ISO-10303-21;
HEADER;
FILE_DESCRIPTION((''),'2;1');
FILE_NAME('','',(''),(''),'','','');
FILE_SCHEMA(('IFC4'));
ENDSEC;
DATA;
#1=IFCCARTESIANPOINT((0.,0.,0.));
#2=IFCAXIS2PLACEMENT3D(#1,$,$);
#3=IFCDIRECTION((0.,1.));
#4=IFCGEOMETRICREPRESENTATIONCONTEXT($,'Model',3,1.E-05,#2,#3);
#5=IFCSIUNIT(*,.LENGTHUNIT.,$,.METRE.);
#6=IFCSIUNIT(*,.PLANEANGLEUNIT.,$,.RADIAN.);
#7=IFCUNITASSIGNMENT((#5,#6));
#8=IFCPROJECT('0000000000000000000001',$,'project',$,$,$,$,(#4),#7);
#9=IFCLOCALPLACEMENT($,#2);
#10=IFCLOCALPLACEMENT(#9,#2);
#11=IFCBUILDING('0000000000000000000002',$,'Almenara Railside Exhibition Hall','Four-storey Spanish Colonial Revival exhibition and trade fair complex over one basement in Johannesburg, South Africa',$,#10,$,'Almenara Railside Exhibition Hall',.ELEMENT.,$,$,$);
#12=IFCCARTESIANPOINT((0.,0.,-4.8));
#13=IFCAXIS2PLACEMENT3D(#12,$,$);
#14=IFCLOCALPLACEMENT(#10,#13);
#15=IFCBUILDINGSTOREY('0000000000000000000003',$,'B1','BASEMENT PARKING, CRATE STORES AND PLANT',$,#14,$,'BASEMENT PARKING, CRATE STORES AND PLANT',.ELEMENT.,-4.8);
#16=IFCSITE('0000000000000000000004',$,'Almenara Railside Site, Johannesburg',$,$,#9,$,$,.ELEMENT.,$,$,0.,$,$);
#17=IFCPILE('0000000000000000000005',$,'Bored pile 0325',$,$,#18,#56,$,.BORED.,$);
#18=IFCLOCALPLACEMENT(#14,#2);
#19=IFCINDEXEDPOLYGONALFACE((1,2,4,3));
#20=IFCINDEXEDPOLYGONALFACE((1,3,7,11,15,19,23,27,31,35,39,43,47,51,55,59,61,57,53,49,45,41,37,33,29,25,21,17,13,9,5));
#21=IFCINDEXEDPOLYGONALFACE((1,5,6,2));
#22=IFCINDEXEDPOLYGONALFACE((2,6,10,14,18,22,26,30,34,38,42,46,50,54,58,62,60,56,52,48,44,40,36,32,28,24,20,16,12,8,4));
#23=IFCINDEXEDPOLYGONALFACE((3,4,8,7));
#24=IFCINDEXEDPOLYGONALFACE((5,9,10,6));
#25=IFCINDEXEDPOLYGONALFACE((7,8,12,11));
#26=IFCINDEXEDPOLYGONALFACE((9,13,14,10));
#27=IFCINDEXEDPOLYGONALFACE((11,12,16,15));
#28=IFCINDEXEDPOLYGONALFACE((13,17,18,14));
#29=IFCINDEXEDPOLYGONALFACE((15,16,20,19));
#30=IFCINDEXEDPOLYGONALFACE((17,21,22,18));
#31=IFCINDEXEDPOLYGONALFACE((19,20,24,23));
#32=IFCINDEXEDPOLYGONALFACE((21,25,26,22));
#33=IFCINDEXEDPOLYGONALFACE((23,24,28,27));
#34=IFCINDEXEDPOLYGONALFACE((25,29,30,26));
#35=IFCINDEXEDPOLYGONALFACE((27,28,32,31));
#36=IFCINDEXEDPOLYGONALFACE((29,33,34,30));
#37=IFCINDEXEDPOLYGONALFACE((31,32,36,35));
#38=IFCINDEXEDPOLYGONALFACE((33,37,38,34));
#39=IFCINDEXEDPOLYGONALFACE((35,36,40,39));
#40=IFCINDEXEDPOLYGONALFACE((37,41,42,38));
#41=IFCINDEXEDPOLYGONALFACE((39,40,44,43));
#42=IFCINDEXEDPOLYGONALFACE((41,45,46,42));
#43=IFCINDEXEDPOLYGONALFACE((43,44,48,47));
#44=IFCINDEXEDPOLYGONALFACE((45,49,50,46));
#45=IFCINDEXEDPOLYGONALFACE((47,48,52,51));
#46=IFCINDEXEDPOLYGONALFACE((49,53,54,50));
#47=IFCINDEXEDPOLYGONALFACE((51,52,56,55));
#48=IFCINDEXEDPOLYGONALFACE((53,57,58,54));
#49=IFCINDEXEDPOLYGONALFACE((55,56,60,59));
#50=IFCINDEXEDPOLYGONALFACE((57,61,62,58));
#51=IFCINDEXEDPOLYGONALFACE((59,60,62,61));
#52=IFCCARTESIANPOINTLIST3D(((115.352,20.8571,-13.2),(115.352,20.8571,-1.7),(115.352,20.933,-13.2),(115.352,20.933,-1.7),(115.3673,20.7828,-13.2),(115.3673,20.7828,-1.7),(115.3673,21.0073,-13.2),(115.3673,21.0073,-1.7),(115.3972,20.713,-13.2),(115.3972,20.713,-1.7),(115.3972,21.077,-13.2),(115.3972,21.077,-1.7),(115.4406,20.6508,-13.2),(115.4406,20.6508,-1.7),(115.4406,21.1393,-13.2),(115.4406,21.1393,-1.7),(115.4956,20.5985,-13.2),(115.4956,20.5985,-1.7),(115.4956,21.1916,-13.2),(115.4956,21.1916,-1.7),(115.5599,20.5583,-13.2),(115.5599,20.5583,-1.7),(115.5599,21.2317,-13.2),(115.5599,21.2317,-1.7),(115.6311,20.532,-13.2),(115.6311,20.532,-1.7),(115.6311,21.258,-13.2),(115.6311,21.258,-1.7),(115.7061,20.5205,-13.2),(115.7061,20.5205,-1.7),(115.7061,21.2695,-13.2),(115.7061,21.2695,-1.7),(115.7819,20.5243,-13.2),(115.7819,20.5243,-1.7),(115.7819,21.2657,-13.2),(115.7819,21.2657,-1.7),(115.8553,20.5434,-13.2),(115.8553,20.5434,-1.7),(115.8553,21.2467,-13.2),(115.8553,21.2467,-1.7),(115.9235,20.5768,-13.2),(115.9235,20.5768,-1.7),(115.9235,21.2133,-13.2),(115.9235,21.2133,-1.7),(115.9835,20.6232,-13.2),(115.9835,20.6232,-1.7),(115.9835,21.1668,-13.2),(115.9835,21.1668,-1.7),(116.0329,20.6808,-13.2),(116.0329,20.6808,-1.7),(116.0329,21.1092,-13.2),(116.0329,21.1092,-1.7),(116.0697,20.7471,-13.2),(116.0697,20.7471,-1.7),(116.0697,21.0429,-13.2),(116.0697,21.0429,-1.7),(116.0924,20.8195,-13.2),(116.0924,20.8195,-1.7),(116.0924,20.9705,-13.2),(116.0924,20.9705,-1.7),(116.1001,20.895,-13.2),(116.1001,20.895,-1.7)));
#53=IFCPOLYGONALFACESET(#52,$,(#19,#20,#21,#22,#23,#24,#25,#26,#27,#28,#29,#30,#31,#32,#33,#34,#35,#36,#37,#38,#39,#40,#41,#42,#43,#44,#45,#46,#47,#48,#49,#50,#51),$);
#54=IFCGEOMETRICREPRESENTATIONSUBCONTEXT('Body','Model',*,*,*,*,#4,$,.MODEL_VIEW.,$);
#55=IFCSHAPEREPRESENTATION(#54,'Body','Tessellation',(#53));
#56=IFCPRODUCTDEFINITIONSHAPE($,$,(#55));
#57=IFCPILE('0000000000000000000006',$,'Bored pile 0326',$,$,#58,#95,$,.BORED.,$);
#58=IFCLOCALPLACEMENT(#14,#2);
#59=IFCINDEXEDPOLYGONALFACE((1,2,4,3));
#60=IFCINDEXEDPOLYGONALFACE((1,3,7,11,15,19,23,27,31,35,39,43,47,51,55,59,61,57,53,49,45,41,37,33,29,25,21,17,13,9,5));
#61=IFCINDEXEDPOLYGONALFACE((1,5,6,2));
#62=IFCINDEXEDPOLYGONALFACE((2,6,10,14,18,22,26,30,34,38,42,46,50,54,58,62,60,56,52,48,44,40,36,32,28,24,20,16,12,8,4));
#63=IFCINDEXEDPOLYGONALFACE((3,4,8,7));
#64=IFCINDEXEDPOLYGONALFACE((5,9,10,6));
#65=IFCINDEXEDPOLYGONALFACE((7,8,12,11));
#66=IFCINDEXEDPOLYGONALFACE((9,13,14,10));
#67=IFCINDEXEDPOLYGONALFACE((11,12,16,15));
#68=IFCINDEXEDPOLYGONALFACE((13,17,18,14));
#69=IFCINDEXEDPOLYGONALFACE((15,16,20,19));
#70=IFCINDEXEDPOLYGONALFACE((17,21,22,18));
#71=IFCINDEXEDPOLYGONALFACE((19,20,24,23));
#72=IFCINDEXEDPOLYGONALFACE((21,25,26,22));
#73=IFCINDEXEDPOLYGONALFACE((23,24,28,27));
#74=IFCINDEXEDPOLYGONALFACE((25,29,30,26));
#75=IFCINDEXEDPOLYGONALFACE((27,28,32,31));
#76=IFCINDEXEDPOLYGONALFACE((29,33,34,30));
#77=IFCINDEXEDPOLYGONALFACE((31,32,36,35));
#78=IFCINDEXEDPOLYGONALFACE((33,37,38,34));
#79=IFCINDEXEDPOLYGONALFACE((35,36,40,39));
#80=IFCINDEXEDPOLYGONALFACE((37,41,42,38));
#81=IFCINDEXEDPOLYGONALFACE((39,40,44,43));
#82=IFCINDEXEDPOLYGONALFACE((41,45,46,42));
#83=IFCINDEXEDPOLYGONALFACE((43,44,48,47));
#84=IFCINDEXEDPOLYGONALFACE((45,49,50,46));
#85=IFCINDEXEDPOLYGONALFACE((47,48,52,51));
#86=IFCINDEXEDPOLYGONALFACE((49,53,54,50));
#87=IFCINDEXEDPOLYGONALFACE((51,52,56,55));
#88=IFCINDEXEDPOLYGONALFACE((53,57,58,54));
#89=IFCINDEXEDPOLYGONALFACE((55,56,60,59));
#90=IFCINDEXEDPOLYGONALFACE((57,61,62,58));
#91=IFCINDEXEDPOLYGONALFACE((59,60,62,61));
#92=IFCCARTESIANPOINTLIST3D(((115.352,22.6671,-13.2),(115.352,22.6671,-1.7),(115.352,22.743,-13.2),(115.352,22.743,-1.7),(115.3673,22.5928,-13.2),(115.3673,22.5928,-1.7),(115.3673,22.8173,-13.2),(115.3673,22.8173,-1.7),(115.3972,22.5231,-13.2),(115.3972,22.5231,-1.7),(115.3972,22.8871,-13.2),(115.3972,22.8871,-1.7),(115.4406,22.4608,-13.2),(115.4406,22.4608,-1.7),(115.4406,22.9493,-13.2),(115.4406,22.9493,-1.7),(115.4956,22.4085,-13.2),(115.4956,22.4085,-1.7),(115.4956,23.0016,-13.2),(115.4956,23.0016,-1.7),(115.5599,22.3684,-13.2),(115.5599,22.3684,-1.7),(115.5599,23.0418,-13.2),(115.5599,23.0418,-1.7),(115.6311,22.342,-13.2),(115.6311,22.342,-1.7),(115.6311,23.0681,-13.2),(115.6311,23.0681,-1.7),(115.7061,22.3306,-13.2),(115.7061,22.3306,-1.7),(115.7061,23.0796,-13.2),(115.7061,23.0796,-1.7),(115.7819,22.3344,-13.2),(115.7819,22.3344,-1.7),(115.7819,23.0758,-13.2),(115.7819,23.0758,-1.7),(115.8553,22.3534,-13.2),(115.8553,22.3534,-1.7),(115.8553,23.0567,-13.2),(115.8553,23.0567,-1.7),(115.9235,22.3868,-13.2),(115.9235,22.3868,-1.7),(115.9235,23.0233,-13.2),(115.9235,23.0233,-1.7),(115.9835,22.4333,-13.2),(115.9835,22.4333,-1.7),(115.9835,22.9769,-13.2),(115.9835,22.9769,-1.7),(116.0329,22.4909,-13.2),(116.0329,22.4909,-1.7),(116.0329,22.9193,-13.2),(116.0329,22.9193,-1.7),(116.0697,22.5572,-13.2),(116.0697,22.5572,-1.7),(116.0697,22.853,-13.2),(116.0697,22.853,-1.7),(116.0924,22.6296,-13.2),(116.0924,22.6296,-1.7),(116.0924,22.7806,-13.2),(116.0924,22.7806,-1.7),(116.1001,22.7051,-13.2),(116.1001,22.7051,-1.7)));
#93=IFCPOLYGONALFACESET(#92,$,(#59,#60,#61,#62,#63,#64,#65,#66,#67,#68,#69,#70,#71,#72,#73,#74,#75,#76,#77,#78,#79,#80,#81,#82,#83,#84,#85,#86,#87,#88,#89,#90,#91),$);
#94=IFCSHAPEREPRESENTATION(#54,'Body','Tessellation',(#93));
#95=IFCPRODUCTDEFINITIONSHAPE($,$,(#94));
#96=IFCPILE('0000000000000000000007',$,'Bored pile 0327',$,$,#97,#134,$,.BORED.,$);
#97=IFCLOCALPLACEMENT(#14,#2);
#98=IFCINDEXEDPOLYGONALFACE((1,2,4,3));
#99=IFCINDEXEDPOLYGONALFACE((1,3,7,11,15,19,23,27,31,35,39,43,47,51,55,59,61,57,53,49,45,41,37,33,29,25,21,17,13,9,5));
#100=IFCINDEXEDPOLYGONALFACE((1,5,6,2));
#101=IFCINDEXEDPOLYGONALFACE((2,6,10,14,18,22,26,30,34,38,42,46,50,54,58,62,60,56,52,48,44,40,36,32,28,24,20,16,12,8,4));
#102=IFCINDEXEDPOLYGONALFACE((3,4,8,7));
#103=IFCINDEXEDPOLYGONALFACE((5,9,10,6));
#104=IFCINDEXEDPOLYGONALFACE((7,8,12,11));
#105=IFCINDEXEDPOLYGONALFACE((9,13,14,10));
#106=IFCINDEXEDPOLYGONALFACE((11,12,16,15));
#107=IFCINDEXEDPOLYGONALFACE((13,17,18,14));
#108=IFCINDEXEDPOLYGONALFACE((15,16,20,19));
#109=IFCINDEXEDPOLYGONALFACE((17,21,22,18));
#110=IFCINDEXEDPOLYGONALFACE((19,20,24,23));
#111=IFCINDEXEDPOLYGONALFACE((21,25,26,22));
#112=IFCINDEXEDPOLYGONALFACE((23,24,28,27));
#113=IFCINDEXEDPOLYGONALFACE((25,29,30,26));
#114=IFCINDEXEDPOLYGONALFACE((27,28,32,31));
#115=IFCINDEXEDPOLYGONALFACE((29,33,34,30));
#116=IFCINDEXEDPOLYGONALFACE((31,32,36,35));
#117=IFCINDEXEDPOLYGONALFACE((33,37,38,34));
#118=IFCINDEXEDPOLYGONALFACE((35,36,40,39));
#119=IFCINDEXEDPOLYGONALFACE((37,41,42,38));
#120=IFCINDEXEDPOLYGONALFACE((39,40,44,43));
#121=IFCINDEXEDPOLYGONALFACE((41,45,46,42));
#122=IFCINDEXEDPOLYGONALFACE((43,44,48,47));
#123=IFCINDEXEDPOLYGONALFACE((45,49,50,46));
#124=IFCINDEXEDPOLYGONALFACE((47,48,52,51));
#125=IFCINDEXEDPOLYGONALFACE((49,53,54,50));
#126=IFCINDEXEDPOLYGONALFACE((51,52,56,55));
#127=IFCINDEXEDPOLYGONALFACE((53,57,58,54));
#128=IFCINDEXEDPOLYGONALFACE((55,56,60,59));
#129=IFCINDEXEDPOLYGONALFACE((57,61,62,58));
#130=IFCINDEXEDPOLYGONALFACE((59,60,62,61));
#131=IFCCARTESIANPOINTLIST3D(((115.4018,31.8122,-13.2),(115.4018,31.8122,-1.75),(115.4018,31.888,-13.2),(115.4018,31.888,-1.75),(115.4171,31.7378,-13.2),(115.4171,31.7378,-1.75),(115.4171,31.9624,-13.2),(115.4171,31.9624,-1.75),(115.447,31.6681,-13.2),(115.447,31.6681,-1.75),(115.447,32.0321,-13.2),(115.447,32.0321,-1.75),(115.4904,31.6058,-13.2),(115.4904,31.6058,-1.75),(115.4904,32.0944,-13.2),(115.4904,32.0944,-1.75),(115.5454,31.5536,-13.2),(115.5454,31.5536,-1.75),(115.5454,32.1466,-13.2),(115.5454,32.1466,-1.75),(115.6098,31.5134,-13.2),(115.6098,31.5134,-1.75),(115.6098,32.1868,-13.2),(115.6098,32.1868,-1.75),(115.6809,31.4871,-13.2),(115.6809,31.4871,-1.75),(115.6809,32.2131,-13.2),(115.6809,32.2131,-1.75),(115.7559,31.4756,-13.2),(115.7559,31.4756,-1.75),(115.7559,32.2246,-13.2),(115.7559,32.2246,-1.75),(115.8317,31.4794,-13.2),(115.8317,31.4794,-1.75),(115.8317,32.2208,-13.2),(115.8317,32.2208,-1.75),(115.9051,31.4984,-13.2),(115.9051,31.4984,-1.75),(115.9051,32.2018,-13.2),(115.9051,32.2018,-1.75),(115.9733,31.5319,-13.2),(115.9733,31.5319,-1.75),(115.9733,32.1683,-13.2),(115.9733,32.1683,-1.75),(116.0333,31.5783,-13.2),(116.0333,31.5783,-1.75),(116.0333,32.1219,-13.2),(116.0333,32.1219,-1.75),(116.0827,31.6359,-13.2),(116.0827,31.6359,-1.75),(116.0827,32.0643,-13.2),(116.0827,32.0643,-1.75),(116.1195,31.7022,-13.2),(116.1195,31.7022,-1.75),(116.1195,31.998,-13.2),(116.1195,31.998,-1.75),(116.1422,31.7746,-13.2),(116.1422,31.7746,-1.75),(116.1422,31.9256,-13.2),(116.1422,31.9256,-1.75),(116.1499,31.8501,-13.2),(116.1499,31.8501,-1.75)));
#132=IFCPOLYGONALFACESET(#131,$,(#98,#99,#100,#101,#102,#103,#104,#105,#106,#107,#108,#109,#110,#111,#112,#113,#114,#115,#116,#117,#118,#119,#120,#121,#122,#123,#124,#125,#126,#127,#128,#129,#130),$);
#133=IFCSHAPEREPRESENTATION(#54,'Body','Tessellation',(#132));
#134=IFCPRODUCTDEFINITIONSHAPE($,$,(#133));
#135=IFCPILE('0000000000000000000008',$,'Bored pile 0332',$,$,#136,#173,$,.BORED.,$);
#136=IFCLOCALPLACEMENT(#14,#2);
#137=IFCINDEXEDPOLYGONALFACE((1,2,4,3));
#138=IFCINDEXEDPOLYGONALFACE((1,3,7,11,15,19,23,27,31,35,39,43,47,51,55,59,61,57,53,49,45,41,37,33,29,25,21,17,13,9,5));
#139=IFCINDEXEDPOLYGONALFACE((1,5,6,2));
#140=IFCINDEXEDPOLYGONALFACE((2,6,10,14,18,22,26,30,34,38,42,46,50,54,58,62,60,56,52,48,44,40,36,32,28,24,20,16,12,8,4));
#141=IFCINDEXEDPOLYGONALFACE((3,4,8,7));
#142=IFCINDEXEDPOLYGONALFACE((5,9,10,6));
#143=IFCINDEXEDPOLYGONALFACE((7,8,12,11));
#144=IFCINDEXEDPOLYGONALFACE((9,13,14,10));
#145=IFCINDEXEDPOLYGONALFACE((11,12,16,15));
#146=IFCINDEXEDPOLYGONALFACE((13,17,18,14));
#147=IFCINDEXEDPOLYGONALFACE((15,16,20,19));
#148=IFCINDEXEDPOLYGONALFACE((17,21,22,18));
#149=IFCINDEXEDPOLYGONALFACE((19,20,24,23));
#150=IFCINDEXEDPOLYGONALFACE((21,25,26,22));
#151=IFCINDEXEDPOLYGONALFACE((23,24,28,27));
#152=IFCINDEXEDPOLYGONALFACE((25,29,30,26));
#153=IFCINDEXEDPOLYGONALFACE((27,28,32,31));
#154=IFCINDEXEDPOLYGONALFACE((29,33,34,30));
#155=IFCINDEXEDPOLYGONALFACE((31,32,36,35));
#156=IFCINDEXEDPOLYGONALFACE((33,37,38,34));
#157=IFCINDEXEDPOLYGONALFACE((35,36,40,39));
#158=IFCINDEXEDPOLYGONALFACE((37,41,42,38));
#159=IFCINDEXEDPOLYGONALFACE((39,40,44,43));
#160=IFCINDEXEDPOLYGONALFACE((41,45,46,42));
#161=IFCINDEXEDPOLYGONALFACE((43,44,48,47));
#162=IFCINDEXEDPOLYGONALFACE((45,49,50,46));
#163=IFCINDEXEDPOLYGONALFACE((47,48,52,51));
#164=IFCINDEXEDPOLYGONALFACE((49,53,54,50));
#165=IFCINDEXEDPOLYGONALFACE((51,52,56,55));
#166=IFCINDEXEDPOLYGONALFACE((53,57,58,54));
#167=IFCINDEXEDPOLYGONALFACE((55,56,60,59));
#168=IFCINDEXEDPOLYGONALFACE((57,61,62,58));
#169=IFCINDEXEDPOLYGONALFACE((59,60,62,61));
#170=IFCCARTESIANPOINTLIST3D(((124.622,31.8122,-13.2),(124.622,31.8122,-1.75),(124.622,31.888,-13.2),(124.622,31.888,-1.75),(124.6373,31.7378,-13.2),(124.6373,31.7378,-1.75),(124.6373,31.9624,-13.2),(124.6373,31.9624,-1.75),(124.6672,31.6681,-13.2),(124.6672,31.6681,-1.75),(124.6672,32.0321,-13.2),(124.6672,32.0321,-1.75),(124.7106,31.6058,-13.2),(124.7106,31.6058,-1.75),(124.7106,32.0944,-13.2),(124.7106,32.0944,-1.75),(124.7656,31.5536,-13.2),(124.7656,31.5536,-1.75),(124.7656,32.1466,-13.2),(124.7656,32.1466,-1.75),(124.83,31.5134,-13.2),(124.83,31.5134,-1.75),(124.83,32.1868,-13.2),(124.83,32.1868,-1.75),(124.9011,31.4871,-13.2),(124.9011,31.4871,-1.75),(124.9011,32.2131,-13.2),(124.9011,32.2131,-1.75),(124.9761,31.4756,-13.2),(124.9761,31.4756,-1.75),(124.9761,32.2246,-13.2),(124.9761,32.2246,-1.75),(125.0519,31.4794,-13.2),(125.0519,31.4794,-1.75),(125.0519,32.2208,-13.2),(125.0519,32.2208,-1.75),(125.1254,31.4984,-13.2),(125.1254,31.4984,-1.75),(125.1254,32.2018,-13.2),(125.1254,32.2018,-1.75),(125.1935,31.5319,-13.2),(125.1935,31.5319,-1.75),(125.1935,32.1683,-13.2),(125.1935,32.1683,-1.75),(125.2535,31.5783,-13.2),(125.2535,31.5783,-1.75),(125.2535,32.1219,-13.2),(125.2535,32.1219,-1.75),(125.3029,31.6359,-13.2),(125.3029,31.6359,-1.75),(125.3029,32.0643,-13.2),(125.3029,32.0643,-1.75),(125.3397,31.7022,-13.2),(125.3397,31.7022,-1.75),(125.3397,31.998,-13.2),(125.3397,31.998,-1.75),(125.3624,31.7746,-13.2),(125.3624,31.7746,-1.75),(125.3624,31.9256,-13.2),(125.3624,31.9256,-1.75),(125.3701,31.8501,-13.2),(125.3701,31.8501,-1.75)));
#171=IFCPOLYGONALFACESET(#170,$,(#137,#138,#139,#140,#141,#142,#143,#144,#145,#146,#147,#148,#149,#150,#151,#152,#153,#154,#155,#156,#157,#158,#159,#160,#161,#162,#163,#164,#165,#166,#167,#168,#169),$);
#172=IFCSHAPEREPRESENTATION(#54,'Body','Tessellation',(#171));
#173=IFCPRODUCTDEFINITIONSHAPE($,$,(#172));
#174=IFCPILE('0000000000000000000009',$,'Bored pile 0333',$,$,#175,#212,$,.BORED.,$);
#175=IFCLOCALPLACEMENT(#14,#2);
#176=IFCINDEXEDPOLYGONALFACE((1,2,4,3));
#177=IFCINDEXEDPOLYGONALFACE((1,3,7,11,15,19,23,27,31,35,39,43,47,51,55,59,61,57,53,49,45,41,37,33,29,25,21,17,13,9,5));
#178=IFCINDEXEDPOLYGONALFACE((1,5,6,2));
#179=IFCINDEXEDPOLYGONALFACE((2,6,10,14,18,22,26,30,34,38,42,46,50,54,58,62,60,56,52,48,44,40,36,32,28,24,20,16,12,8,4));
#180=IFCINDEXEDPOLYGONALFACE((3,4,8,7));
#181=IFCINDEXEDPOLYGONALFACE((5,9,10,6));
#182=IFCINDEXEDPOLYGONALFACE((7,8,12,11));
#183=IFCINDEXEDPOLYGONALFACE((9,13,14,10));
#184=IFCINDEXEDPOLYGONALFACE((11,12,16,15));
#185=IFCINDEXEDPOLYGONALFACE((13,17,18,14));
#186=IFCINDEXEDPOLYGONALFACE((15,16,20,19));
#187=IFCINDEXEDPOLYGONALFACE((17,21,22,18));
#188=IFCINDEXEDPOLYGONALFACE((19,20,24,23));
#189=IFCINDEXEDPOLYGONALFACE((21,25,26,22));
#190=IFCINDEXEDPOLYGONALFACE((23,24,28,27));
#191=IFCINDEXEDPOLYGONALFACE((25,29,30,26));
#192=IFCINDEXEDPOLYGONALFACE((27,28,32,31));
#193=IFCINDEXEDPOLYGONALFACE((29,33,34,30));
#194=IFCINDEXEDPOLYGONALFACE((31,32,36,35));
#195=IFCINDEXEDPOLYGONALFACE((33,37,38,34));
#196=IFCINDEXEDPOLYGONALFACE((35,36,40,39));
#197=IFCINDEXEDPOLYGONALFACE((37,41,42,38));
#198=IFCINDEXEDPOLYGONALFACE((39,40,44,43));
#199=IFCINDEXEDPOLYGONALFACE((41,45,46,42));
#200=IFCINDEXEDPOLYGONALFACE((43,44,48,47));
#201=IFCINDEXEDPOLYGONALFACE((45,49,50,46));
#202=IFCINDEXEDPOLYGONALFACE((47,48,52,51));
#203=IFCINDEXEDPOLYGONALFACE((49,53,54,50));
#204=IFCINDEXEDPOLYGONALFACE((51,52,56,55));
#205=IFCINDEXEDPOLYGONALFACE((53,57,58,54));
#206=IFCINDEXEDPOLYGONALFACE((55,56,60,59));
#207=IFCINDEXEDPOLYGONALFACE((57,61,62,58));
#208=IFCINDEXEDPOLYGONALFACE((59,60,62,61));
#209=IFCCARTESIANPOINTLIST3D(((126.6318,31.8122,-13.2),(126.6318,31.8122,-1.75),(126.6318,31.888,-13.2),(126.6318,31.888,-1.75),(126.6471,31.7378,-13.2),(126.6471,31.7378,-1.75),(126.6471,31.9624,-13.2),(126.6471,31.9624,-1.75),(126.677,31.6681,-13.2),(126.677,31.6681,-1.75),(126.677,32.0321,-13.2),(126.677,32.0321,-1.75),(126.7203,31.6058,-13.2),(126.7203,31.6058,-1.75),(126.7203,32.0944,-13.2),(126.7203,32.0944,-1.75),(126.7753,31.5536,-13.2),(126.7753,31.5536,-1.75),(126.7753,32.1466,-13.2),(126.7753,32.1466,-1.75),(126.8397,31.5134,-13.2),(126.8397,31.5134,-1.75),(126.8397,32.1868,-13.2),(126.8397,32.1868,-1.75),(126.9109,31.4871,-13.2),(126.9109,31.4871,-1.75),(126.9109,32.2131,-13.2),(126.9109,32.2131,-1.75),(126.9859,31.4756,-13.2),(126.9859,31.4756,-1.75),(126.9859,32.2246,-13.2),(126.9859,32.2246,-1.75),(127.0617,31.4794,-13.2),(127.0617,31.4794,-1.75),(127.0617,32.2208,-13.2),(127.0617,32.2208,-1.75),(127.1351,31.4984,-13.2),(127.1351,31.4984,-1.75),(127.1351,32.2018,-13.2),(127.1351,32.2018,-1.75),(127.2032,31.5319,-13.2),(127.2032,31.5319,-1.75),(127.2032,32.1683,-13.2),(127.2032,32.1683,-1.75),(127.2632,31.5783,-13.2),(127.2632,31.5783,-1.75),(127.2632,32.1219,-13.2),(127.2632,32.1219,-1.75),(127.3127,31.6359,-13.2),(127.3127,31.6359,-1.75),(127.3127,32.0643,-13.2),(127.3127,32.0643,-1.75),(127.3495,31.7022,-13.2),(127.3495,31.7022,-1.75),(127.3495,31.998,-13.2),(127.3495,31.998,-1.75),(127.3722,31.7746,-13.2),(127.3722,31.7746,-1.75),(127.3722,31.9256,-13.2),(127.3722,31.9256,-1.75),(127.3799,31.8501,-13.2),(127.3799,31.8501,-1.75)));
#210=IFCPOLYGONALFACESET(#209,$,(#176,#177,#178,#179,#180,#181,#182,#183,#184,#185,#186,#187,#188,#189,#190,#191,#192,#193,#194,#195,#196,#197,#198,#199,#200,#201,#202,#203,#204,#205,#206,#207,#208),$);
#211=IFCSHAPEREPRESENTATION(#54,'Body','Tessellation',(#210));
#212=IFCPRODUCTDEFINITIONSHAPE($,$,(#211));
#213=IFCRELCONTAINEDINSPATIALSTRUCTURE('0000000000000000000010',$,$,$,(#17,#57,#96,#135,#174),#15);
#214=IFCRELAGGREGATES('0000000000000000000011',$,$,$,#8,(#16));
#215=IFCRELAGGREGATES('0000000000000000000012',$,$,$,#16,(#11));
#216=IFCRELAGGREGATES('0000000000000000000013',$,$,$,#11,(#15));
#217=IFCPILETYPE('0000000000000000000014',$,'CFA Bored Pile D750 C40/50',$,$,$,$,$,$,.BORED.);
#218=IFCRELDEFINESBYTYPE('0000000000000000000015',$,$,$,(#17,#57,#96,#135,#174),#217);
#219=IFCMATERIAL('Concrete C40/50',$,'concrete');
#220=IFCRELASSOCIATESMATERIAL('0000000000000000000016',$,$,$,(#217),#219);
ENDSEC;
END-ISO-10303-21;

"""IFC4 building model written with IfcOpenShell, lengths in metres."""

from ifc_helpers import new_model, si_unit, direction, frame, origin, origin_2d, place, context, subcontext, project, spatial, circle, extrude, material, material_profile, profile_set, type_object, element, save


model = new_model("IFC4")

# Units and contexts
model_context = context("Model", 3, precision=1e-05, world=origin(), true_north=direction((0.0, 1.0)))
body_context = subcontext(model_context, "Body", "Model", "MODEL_VIEW")
ifc_project = project(units=[si_unit("LENGTHUNIT", "METRE"), si_unit("PLANEANGLEUNIT", "RADIAN")], contexts=[model_context])

# Site, building, storey
site_placement = place(None, origin())
site = spatial("IfcSite", under=ifc_project, at=site_placement, Name="Almenara Railside Site, Johannesburg", CompositionType="ELEMENT", RefElevation=0.0)
building_placement = place(site_placement, origin())
building = spatial("IfcBuilding", under=site, at=building_placement, Name="Almenara Railside Exhibition Hall", Description="Four-storey Spanish Colonial Revival exhibition and trade fair complex over one basement in Johannesburg, South Africa", LongName="Almenara Railside Exhibition Hall", CompositionType="ELEMENT")
storey_placement = place(building_placement, frame((0.0, 0.0, -4.8)))
storey = spatial("IfcBuildingStorey", under=building, at=storey_placement, Name="B1", Description="BASEMENT PARKING, CRATE STORES AND PLANT", LongName="BASEMENT PARKING, CRATE STORES AND PLANT", CompositionType="ELEMENT", Elevation=-4.8)

# Piles
ifc_material_1 = material(Name="Concrete C40/50", Category="concrete")
ifc_material_profile_1 = material_profile(ifc_material_1, circle(Radius=0.375, at=origin_2d()), Name="CFA-PILE D750")
ifc_profile_set_1 = profile_set([ifc_material_profile_1], Name="Concrete C40/50")
pile_type_1 = type_object("IfcPileType", Name="CFA Bored Pile D750 C40/50", PredefinedType="BORED", material=ifc_profile_set_1)
for number, where, z_axis, x_axis, name in (
    (1, (115.7251, 20.895, -1.7), (0.0, 0.0, -1.0), (1.0, 0.0, 0.0), "Bored pile 0325"),
    (2, (115.7251, 22.7051, -1.7), (0.0, 0.0, -1.0), (1.0, 0.0, 0.0), "Bored pile 0326"),
):
    element("IfcPile", number, at=place(storey_placement, frame(where, z_axis=z_axis, x_axis=x_axis)), inside=storey, type_object=pile_type_1, Name=name, PredefinedType="BORED", context=body_context, shape_type="SweptSolid", body=[
        extrude(circle(Radius=0.375, at=origin_2d()), origin(), (0.0, 0.0, 1.0), 11.5),
    ])
for number, where, z_axis, x_axis, name in (
    (3, (115.7749, 31.8501, -1.75), (0.0, 0.0, -1.0), (1.0, 0.0, 0.0), "Bored pile 0327"),
    (4, (124.9951, 31.8501, -1.75), (0.0, 0.0, -1.0), (1.0, 0.0, 0.0), "Bored pile 0332"),
    (5, (127.0049, 31.8501, -1.75), (0.0, 0.0, -1.0), (1.0, 0.0, 0.0), "Bored pile 0333"),
):
    element("IfcPile", number, at=place(storey_placement, frame(where, z_axis=z_axis, x_axis=x_axis)), inside=storey, type_object=pile_type_1, Name=name, PredefinedType="BORED", context=body_context, shape_type="SweptSolid", body=[
        extrude(circle(Radius=0.375, at=origin_2d()), origin(), (0.0, 0.0, 1.0), 11.45),
    ])

save(model, "model.ifc")
